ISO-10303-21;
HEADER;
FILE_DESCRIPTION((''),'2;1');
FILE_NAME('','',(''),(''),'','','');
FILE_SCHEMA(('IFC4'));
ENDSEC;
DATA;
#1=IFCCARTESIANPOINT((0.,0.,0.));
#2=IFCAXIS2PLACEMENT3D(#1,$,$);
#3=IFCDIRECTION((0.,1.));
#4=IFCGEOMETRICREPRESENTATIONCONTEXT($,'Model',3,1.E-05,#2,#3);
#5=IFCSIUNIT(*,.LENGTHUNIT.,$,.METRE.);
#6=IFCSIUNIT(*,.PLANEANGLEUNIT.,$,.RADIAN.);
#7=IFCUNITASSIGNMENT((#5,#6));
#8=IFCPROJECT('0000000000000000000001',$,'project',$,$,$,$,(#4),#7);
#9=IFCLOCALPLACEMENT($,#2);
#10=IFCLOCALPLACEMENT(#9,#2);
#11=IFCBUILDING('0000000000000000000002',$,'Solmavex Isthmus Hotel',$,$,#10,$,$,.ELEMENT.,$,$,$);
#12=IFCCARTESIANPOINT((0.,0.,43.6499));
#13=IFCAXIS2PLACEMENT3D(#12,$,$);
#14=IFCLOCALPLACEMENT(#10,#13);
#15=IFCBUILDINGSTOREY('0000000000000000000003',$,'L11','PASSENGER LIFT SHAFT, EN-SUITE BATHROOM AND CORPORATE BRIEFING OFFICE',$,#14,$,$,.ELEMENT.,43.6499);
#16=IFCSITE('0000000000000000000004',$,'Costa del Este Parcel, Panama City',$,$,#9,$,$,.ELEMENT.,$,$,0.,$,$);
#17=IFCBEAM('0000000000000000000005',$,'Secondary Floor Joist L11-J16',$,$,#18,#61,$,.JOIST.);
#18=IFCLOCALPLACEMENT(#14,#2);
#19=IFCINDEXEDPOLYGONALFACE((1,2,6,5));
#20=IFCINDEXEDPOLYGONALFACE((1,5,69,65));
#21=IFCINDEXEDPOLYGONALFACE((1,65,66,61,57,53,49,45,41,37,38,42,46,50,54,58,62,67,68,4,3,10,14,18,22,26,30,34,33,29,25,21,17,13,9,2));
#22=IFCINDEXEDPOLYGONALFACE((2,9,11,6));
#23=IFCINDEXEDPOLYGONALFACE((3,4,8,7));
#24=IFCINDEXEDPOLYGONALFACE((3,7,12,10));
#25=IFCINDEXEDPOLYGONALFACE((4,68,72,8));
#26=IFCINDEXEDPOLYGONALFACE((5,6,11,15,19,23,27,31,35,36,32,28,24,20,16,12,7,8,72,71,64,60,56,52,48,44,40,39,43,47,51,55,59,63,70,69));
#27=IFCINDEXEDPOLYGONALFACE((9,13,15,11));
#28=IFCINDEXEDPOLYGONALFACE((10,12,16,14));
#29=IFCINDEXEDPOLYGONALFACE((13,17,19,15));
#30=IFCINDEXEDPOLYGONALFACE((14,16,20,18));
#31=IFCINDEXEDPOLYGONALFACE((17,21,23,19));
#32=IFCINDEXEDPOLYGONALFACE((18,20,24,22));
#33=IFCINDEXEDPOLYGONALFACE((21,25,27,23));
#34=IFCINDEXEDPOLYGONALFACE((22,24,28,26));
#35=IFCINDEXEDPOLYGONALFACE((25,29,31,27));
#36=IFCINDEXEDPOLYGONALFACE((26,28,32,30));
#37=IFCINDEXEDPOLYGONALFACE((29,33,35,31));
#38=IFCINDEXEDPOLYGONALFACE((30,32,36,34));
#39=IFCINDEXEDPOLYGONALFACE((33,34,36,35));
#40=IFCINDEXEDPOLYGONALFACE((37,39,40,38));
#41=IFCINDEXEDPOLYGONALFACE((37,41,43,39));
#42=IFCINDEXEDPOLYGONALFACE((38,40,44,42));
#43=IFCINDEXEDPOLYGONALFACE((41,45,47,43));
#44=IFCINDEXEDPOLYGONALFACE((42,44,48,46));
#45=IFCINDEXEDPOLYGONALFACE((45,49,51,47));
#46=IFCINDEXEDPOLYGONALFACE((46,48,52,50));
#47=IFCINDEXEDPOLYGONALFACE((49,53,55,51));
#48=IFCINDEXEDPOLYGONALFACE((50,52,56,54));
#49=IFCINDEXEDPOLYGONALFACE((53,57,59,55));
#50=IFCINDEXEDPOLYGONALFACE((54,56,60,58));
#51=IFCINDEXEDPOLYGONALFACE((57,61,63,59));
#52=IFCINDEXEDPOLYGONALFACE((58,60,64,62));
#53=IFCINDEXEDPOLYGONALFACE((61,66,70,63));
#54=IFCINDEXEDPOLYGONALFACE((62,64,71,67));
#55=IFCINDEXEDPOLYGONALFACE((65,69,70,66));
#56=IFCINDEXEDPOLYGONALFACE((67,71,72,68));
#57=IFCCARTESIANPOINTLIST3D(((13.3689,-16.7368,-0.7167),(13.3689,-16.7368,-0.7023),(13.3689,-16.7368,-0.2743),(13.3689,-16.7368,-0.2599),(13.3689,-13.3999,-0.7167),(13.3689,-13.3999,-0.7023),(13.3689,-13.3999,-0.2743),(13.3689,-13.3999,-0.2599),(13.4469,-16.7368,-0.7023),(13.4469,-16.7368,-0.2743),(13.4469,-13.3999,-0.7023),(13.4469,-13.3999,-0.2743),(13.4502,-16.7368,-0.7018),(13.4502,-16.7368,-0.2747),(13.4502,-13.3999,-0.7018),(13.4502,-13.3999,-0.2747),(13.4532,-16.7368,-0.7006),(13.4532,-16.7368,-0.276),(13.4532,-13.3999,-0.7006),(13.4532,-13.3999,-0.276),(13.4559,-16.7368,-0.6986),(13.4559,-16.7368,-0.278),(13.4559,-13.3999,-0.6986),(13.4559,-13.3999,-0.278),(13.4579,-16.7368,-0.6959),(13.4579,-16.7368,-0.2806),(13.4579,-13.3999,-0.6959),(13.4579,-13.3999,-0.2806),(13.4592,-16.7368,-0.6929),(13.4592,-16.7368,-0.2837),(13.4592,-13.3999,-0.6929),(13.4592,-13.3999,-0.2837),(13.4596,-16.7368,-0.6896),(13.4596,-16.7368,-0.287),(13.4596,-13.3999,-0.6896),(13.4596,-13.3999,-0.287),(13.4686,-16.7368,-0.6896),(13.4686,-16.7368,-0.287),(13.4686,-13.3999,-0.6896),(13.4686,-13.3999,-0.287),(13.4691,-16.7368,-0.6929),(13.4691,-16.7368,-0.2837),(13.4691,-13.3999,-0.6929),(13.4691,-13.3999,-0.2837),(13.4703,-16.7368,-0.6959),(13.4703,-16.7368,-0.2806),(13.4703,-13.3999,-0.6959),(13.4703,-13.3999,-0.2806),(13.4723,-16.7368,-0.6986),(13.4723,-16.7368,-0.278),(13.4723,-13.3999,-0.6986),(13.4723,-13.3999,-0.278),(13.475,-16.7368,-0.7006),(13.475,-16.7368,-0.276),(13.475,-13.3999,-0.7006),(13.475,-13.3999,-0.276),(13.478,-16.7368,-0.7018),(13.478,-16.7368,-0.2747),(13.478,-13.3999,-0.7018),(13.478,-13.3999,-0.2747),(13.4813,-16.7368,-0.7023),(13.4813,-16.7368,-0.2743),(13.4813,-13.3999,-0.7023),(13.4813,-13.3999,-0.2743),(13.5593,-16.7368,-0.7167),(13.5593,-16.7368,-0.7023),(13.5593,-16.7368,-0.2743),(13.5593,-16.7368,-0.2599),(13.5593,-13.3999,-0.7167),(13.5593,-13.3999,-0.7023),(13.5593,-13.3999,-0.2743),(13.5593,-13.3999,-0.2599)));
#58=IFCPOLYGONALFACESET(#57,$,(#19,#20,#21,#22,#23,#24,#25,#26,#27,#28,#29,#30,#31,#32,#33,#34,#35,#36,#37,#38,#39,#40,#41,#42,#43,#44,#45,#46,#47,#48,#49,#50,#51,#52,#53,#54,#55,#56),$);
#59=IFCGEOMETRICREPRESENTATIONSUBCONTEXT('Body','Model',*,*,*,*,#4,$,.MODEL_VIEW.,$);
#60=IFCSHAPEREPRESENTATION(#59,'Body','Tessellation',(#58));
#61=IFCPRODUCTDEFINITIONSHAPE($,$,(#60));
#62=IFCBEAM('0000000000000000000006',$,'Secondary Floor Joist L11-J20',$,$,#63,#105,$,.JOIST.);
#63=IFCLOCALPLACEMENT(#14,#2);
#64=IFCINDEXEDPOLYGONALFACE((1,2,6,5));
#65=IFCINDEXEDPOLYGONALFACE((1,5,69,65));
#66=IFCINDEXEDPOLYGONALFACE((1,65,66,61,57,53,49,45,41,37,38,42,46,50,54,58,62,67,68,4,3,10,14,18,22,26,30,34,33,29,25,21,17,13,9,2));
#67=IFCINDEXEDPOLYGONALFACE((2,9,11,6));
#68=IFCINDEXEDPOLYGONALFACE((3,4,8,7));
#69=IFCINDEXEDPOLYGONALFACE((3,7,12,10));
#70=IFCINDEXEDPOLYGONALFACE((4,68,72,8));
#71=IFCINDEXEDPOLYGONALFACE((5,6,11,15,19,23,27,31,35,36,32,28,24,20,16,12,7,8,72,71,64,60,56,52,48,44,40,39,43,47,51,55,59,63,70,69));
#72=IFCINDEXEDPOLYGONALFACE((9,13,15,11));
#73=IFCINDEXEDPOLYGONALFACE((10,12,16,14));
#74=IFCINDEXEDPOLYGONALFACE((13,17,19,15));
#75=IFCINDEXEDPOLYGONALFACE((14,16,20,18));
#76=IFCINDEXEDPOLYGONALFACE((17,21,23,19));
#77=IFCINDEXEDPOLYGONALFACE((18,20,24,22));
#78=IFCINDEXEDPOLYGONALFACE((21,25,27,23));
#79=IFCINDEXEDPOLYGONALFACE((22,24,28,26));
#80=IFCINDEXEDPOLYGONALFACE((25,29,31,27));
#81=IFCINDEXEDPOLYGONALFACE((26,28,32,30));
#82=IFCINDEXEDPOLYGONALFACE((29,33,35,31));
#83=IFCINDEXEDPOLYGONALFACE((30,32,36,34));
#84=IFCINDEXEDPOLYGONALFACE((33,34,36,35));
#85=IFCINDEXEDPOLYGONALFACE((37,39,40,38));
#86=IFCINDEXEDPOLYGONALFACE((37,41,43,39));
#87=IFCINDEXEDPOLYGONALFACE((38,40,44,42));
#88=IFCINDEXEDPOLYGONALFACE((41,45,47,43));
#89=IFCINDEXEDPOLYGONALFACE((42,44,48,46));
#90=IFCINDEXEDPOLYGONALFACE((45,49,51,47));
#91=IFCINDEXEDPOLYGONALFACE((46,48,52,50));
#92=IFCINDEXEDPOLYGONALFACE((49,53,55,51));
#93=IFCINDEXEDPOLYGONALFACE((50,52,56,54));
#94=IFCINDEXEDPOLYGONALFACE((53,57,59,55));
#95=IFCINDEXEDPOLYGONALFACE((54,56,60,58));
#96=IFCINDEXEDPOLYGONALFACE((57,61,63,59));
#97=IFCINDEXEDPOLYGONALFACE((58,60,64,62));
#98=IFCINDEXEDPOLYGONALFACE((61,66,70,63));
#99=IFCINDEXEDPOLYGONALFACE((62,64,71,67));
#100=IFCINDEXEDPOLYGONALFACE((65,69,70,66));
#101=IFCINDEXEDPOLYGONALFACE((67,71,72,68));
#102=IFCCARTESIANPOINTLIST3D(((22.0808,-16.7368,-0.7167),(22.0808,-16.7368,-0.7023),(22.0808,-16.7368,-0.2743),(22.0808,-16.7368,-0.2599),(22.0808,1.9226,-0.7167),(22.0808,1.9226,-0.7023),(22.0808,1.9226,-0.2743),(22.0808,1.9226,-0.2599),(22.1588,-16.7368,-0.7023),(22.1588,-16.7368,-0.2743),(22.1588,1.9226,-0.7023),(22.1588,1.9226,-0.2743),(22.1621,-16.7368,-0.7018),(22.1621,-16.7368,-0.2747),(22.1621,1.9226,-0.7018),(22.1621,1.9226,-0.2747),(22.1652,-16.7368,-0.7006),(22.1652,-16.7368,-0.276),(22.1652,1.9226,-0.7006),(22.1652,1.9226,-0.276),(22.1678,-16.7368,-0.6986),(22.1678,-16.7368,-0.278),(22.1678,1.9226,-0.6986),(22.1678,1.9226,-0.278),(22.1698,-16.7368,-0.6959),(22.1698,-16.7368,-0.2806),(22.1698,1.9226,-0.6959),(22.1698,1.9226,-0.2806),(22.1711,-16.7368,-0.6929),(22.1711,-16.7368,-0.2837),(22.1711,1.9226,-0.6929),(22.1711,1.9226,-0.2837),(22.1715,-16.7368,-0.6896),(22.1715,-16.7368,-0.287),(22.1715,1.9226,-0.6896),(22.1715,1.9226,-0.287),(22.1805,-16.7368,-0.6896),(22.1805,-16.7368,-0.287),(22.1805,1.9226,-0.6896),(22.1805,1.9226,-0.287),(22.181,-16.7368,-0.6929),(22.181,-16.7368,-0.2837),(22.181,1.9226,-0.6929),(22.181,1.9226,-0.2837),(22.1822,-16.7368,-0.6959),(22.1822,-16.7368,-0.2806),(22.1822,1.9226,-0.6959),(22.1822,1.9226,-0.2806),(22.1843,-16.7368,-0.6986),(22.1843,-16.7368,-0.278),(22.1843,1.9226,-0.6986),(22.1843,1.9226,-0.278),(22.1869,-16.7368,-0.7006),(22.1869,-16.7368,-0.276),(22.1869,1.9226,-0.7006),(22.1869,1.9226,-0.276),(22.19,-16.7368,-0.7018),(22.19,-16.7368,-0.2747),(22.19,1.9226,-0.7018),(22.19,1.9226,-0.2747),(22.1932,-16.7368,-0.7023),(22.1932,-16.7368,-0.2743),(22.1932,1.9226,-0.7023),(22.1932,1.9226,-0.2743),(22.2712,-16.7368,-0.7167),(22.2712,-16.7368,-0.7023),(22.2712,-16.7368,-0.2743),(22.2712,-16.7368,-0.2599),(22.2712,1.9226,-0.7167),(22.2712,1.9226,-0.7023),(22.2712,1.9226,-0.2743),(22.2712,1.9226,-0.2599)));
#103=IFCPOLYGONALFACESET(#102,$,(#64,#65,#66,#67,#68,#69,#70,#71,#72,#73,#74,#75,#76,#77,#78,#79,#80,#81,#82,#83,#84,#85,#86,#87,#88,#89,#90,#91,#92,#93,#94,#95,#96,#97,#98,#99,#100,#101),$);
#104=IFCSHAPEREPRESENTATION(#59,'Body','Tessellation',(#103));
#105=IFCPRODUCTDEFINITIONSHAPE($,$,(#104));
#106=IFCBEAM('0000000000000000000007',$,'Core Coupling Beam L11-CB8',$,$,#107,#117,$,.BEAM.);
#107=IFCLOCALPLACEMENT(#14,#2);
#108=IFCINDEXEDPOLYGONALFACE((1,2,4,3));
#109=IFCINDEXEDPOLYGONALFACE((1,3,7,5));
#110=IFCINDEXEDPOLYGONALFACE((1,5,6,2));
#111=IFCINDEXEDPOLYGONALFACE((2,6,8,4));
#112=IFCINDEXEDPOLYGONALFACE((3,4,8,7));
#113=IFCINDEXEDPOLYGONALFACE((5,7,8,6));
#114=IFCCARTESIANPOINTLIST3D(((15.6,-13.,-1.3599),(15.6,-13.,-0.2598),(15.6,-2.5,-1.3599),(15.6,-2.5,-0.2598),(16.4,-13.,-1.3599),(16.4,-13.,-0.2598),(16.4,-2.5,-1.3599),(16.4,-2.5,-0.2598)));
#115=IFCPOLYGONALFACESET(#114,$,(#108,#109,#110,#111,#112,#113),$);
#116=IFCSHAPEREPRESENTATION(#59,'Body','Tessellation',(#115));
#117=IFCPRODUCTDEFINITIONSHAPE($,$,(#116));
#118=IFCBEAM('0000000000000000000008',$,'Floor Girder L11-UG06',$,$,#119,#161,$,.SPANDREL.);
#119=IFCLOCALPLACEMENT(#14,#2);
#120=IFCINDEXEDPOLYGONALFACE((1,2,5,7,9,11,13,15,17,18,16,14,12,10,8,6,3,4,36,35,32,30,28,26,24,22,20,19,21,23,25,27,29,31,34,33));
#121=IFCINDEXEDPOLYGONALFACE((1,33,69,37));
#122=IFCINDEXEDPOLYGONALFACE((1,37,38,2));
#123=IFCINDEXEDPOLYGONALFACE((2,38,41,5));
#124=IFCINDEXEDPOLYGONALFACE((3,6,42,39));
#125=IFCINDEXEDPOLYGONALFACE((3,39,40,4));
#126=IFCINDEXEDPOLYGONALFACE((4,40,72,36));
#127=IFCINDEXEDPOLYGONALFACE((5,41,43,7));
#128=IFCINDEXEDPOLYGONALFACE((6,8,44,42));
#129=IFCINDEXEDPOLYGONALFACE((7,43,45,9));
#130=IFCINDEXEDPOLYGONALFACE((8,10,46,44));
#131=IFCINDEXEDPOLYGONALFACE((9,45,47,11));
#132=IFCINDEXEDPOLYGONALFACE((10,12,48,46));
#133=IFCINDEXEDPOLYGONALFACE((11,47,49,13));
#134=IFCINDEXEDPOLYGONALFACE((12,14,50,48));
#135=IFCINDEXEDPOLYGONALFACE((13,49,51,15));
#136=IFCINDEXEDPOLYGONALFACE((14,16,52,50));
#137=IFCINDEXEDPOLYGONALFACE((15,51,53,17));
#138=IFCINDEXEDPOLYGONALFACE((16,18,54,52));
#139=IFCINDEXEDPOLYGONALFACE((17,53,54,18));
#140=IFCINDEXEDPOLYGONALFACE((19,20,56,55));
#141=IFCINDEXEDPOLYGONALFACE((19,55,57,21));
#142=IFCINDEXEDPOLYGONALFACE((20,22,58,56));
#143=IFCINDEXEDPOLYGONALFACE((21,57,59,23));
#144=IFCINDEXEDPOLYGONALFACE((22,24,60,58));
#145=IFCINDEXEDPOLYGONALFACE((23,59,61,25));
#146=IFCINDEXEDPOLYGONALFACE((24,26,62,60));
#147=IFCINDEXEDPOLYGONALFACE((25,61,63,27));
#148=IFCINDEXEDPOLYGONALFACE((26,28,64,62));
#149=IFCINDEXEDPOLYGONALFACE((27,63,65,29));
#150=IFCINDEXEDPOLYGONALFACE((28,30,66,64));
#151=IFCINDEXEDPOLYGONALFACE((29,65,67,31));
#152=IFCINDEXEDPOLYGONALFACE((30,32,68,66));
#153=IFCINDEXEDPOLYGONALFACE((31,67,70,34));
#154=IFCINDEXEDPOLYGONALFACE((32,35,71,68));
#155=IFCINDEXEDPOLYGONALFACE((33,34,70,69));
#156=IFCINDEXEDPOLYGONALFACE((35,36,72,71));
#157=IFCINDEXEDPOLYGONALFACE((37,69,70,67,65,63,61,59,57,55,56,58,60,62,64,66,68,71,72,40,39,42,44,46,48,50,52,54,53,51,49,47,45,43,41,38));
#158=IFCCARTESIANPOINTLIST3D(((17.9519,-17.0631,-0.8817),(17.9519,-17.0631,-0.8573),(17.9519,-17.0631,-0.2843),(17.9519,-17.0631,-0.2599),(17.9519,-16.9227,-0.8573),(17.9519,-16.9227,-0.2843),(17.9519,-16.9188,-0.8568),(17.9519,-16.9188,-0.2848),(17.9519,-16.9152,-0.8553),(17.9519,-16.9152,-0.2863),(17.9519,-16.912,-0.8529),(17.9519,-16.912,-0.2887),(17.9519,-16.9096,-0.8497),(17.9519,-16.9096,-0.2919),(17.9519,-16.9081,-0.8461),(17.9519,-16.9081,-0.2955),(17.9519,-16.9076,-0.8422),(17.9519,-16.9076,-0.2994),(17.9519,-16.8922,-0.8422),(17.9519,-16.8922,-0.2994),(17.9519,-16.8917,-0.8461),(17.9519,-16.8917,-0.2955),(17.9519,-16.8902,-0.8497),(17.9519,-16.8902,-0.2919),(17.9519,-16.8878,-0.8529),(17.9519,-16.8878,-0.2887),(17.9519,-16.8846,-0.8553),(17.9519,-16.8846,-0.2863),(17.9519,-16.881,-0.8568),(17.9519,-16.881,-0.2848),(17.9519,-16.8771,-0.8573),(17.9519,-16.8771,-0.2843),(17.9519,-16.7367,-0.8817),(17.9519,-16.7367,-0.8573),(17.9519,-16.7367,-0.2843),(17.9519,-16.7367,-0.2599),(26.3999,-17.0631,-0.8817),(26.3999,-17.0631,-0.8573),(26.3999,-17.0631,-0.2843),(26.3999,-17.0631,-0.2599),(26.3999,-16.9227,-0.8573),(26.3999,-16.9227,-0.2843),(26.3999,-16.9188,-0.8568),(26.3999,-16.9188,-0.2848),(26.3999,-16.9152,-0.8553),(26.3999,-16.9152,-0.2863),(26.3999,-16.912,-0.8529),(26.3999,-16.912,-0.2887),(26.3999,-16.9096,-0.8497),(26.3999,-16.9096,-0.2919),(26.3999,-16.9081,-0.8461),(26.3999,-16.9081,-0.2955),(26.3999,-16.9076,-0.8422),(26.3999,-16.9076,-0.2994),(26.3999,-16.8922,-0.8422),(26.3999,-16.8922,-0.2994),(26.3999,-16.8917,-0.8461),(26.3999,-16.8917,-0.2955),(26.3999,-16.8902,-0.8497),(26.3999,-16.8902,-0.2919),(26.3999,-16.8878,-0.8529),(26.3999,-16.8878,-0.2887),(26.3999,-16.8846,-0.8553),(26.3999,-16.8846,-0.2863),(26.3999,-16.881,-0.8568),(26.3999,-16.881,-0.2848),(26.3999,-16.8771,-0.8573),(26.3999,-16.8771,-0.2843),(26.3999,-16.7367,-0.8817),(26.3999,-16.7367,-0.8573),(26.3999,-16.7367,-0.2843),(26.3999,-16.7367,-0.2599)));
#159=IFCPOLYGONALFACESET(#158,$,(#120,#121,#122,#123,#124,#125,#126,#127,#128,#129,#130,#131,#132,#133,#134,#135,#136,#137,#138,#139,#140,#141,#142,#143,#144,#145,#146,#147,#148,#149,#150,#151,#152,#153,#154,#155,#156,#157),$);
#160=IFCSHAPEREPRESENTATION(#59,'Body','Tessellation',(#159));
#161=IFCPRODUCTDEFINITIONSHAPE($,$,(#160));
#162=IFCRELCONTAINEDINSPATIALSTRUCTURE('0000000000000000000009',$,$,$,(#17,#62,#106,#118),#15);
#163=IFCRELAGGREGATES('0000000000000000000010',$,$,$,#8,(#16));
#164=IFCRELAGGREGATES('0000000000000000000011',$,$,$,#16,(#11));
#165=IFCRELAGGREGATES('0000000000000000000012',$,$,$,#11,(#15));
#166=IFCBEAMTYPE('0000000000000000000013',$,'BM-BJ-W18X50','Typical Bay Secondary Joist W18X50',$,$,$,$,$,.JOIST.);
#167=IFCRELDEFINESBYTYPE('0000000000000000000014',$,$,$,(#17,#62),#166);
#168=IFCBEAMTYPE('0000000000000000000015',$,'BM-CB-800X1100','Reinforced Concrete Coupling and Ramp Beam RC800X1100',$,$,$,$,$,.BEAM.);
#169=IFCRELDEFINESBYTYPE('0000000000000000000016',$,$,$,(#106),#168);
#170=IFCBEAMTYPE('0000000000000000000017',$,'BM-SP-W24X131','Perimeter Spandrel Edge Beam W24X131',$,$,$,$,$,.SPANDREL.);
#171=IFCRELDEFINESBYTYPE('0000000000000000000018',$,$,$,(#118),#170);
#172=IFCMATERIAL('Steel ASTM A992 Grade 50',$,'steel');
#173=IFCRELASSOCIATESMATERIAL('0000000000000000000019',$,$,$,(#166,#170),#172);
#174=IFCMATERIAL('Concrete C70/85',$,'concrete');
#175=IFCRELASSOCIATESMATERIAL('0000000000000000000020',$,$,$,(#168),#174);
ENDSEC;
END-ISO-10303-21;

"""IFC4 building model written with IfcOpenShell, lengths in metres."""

from ifc_helpers import new_model, si_unit, direction, frame, origin, origin_2d, place, context, subcontext, project, spatial, rectangle, i_section, extrude, material, material_profile, profile_set, type_object, element, save


model = new_model("IFC4")

# Units and contexts
model_context = context("Model", 3, precision=1e-05, world=origin(), true_north=direction((0.0, 1.0)))
body_context = subcontext(model_context, "Body", "Model", "MODEL_VIEW")
ifc_project = project(units=[si_unit("LENGTHUNIT", "METRE"), si_unit("PLANEANGLEUNIT", "RADIAN")], contexts=[model_context])

# Site, building, storey
site_placement = place(None, origin())
site = spatial("IfcSite", under=ifc_project, at=site_placement, Name="Costa del Este Parcel, Panama City", CompositionType="ELEMENT", RefElevation=0.0)
building_placement = place(site_placement, origin())
building = spatial("IfcBuilding", under=site, at=building_placement, Name="Solmavex Isthmus Hotel", CompositionType="ELEMENT")
storey_placement = place(building_placement, frame((0.0, 0.0, 43.6499)))
storey = spatial("IfcBuildingStorey", under=building, at=storey_placement, Name="L11", Description="PASSENGER LIFT SHAFT, EN-SUITE BATHROOM AND CORPORATE BRIEFING OFFICE", CompositionType="ELEMENT", Elevation=43.6499)

# Shared definitions
ifc_material_1 = material(Name="Concrete C70/85", Category="concrete")

# Beams
ifc_material_2 = material(Name="Steel ASTM A992 Grade 50", Category="steel")
ifc_material_profile_1 = material_profile(ifc_material_2, i_section(OverallWidth=0.1904, OverallDepth=0.4568, WebThickness=0.009, FlangeThickness=0.0144, FilletRadius=0.0127, at=origin_2d()), Name="W18X50")
ifc_profile_set_1 = profile_set([ifc_material_profile_1], Name="Steel ASTM A992 Grade 50")
beam_type_1 = type_object("IfcBeamType", Name="BM-BJ-W18X50", Description="Typical Bay Secondary Joist W18X50", PredefinedType="JOIST", material=ifc_profile_set_1)
beam_1_placement = place(storey_placement, frame((13.4641, -16.7368, -0.4883), z_axis=(0.0, 1.0, 0.0), x_axis=(-1.0, 0.0, 0.0)))
element("IfcBeam", 1, at=beam_1_placement, inside=storey, type_object=beam_type_1, Name="Secondary Floor Joist L11-J16", PredefinedType="JOIST", context=body_context, shape_type="SweptSolid", body=[
    extrude(i_section(OverallWidth=0.1904, OverallDepth=0.4568, WebThickness=0.009, FlangeThickness=0.0144, FilletRadius=0.0127, at=origin_2d()), origin(), (0.0, 0.0, 1.0), 3.3369),
])
beam_2_placement = place(storey_placement, frame((22.176, -16.7368, -0.4883), z_axis=(0.0, 1.0, 0.0), x_axis=(-1.0, 0.0, 0.0)))
element("IfcBeam", 2, at=beam_2_placement, inside=storey, type_object=beam_type_1, Name="Secondary Floor Joist L11-J20", PredefinedType="JOIST", context=body_context, shape_type="SweptSolid", body=[
    extrude(i_section(OverallWidth=0.1904, OverallDepth=0.4568, WebThickness=0.009, FlangeThickness=0.0144, FilletRadius=0.0127, at=origin_2d()), origin(), (0.0, 0.0, 1.0), 18.6594),
])
ifc_material_profile_2 = material_profile(ifc_material_1, rectangle(XDim=0.8, YDim=1.1001, at=origin_2d()), Name="RC800X1100")
ifc_profile_set_2 = profile_set([ifc_material_profile_2], Name="Concrete C70/85")
beam_type_2 = type_object("IfcBeamType", Name="BM-CB-800X1100", Description="Reinforced Concrete Coupling and Ramp Beam RC800X1100", PredefinedType="BEAM", material=ifc_profile_set_2)
beam_3_placement = place(storey_placement, frame((16.0, -13.0, -0.8098), z_axis=(0.0, 1.0, 0.0), x_axis=(-1.0, 0.0, 0.0)))
element("IfcBeam", 3, at=beam_3_placement, inside=storey, type_object=beam_type_2, Name="Core Coupling Beam L11-CB8", PredefinedType="BEAM", context=body_context, shape_type="SweptSolid", body=[
    extrude(rectangle(XDim=0.8, YDim=1.1001, at=origin_2d()), origin(), (0.0, 0.0, 1.0), 10.5),
])
ifc_material_profile_3 = material_profile(ifc_material_2, i_section(OverallWidth=0.3264, OverallDepth=0.6218, WebThickness=0.0154, FlangeThickness=0.0244, FilletRadius=0.0151, at=origin_2d()), Name="W24X131")
ifc_profile_set_3 = profile_set([ifc_material_profile_3], Name="Steel ASTM A992 Grade 50")
beam_type_3 = type_object("IfcBeamType", Name="BM-SP-W24X131", Description="Perimeter Spandrel Edge Beam W24X131", PredefinedType="SPANDREL", material=ifc_profile_set_3)
beam_4_placement = place(storey_placement, frame((17.9519, -16.8999, -0.5708), z_axis=(1.0, 0.0, 0.0), x_axis=(0.0, 1.0, 0.0)))
element("IfcBeam", 4, at=beam_4_placement, inside=storey, type_object=beam_type_3, Name="Floor Girder L11-UG06", PredefinedType="SPANDREL", context=body_context, shape_type="SweptSolid", body=[
    extrude(i_section(OverallWidth=0.3264, OverallDepth=0.6218, WebThickness=0.0154, FlangeThickness=0.0244, FilletRadius=0.0151, at=origin_2d()), origin(), (0.0, 0.0, 1.0), 8.448),
])

save(model, "model.ifc")
